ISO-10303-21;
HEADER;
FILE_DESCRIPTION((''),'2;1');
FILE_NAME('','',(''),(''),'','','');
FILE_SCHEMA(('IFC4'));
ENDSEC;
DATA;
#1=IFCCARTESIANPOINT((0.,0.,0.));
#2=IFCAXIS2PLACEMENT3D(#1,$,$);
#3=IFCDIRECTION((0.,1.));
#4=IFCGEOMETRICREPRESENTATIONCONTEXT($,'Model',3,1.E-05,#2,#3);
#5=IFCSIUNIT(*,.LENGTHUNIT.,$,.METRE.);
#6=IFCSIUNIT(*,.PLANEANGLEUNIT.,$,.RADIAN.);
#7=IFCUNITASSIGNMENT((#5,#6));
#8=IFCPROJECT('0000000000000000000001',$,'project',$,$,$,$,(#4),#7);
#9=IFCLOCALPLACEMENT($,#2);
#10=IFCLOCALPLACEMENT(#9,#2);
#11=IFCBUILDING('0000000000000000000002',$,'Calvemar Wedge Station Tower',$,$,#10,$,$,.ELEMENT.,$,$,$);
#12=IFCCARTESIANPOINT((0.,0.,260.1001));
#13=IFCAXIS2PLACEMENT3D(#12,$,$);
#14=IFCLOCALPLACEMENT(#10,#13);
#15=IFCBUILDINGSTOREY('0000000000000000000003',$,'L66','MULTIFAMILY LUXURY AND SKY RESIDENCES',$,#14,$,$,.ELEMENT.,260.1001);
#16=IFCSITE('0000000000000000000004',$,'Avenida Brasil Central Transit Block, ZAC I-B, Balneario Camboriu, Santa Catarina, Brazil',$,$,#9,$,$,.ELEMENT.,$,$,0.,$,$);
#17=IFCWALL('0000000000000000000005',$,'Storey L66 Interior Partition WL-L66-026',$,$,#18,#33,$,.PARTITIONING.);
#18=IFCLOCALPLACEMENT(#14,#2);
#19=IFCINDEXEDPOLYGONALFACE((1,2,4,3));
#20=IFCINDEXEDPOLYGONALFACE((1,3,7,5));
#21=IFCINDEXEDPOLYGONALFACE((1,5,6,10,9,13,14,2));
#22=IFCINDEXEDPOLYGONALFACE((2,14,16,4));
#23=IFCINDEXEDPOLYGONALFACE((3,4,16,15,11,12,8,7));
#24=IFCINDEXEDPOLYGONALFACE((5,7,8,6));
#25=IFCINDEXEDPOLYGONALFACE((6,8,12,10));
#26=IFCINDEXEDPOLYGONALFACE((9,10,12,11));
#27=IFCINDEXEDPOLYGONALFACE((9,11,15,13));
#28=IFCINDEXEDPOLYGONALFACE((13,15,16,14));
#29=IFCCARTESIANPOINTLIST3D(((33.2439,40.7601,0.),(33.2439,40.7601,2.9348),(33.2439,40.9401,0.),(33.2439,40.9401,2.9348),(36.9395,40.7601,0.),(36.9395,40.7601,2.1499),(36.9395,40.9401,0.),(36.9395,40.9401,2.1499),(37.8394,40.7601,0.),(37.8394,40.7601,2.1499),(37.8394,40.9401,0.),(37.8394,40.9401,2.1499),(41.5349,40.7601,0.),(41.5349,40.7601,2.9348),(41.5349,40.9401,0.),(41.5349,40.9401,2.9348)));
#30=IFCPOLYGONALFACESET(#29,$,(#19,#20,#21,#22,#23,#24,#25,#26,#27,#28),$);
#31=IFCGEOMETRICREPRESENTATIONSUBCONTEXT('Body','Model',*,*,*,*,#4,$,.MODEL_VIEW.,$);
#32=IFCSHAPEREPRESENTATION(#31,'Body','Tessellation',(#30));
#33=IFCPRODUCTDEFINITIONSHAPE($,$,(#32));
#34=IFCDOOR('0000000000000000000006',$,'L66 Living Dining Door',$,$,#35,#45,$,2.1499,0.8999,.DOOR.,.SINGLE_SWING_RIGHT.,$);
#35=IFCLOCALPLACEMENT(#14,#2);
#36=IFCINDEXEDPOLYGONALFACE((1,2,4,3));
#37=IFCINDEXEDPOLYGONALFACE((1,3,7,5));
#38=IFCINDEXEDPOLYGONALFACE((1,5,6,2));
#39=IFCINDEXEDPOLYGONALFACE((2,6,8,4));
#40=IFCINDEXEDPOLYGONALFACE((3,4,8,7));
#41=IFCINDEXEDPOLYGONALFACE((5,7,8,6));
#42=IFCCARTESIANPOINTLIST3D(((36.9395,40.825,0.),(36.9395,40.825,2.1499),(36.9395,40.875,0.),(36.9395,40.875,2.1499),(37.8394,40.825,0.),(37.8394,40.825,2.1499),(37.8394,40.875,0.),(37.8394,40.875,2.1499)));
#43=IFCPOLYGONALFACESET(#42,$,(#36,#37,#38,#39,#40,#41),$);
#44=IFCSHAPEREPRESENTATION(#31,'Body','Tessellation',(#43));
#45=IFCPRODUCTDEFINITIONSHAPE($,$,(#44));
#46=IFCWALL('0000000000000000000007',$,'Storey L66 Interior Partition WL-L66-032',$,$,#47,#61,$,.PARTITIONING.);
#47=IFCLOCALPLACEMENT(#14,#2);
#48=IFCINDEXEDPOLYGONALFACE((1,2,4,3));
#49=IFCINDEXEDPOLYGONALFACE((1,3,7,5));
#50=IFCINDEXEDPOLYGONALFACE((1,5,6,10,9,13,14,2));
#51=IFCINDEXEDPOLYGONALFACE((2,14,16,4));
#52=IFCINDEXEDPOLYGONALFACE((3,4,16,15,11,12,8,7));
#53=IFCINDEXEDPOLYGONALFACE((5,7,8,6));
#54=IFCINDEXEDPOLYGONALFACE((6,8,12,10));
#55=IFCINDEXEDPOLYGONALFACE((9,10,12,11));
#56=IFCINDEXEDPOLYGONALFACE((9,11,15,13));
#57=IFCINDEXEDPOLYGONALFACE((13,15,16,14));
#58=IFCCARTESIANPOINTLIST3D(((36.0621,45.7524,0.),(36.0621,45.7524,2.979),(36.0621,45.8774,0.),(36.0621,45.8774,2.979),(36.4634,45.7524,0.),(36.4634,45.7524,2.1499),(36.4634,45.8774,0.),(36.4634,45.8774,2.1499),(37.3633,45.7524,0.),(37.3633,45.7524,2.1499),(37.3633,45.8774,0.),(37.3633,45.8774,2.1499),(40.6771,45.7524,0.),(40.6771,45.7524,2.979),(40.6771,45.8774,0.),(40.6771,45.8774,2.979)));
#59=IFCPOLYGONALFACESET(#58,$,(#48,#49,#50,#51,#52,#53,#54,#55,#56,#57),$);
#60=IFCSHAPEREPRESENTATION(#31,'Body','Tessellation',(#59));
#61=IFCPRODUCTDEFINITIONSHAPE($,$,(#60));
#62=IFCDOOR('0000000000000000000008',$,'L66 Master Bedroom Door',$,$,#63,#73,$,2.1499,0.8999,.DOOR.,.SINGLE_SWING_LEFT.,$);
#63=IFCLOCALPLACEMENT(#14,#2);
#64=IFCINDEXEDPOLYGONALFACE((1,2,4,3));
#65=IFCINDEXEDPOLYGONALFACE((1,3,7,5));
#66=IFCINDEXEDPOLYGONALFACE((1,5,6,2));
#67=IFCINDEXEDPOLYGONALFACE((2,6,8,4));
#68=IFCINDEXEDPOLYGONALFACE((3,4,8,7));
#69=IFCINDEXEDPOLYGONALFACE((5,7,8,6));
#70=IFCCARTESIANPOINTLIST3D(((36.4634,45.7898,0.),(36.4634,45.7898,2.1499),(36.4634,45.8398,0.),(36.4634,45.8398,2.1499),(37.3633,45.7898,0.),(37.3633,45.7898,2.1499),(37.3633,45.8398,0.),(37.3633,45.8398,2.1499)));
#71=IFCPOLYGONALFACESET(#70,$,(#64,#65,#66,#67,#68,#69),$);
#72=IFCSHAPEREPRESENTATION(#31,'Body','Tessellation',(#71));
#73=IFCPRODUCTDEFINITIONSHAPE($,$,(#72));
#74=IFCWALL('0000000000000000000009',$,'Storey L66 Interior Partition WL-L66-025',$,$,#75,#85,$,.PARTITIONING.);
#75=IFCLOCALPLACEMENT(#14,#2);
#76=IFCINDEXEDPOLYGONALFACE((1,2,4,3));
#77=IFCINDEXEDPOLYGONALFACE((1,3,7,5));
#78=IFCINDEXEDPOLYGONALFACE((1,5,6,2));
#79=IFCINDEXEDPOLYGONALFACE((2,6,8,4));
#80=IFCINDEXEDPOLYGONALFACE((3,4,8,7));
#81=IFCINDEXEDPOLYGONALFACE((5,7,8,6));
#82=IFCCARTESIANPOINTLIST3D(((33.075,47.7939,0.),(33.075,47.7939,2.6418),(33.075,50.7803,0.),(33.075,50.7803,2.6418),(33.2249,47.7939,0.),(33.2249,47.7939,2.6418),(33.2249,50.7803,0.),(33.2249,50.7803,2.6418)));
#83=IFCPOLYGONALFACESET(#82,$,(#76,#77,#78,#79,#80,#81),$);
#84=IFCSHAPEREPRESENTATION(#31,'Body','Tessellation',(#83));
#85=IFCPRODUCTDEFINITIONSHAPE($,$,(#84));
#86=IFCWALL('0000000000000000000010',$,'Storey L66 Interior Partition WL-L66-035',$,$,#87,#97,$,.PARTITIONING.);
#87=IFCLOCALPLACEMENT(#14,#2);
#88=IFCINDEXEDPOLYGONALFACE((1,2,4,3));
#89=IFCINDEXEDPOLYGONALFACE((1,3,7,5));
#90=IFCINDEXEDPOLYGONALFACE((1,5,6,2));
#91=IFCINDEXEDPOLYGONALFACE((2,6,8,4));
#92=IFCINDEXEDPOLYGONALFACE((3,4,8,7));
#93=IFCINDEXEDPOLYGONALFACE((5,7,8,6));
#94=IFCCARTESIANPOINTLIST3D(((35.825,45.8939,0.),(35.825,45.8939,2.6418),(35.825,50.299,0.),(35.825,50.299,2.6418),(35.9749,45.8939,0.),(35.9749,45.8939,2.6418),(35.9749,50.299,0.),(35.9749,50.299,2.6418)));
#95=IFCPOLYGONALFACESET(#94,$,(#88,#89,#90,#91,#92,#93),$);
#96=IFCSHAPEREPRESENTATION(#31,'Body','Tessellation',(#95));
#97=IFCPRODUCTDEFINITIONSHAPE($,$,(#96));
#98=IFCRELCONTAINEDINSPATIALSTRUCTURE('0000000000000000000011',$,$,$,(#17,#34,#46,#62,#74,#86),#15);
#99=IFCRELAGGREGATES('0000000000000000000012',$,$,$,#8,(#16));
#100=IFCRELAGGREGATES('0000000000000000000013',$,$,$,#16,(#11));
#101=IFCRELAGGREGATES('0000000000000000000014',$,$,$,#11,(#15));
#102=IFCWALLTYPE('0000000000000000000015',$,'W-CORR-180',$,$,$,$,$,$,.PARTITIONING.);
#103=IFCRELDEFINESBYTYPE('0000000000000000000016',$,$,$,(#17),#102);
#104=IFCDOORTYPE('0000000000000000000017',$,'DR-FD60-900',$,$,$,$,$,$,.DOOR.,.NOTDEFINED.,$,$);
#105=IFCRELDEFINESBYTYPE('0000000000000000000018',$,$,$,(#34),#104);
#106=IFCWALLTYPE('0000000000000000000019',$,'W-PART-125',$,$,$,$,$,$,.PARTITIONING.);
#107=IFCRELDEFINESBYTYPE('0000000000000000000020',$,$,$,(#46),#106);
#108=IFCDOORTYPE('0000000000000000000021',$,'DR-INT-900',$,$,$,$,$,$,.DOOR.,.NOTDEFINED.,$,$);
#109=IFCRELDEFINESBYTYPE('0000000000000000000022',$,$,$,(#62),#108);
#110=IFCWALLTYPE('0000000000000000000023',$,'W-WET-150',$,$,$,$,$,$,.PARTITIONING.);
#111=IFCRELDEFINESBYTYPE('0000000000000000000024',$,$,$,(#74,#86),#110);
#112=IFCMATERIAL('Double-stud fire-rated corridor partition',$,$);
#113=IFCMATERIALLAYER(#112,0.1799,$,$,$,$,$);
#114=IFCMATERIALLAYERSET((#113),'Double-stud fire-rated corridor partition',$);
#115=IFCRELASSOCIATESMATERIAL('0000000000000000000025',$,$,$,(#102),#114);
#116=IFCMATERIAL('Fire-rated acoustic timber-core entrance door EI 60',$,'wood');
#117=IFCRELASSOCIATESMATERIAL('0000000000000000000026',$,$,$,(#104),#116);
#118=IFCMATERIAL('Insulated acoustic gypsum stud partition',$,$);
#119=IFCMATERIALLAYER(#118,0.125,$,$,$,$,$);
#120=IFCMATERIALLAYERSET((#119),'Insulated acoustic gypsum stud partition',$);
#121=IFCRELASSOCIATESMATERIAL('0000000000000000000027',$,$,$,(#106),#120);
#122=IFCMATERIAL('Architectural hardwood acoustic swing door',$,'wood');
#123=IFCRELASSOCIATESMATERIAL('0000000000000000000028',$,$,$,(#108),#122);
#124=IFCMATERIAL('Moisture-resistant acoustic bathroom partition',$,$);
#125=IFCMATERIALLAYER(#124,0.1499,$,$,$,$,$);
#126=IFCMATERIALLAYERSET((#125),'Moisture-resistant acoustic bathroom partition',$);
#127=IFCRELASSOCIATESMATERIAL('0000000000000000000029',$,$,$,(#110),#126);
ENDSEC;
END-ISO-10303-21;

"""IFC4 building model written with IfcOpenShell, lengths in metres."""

from ifc_helpers import new_model, si_unit, direction, frame, frame_2d, origin, place, context, subcontext, project, spatial, rectangle, extrude, source, transform, mapped, material, layer, layer_set, type_object, element, fill, save


model = new_model("IFC4")

# Units and contexts
model_context = context("Model", 3, precision=1e-05, world=origin(), true_north=direction((0.0, 1.0)))
body_context = subcontext(model_context, "Body", "Model", "MODEL_VIEW")
ifc_project = project(units=[si_unit("LENGTHUNIT", "METRE"), si_unit("PLANEANGLEUNIT", "RADIAN")], contexts=[model_context])

# Site, building, storey
site_placement = place(None, origin())
site = spatial("IfcSite", under=ifc_project, at=site_placement, Name="Avenida Brasil Central Transit Block, ZAC I-B, Balneario Camboriu, Santa Catarina, Brazil", CompositionType="ELEMENT", RefElevation=0.0)
building_placement = place(site_placement, origin())
building = spatial("IfcBuilding", under=site, at=building_placement, Name="Calvemar Wedge Station Tower", CompositionType="ELEMENT")
storey_placement = place(building_placement, frame((0.0, 0.0, 260.1001)))
storey = spatial("IfcBuildingStorey", under=building, at=storey_placement, Name="L66", Description="MULTIFAMILY LUXURY AND SKY RESIDENCES", CompositionType="ELEMENT", Elevation=260.1001)

# Shared definitions
ifc_material_1 = material(Name="Double-stud fire-rated corridor partition")
ifc_layer_1 = layer(ifc_material_1, 0.1799)
ifc_layer_set_1 = layer_set([ifc_layer_1], Name="Double-stud fire-rated corridor partition")
wall_type_1 = type_object("IfcWallType", Name="W-CORR-180", PredefinedType="PARTITIONING", material=ifc_layer_set_1)

# Walls, openings, doors
wall_1_placement = place(storey_placement, frame((33.2439, 40.8501, 0.0), z_axis=(0.0, 0.0, 1.0), x_axis=(1.0, 0.0, 0.0)))
wall_1 = element("IfcWall", 1, at=wall_1_placement, inside=storey, type_object=wall_type_1, Name="Storey L66 Interior Partition WL-L66-026", PredefinedType="PARTITIONING", context=body_context, shape_type="SweptSolid", body=[
    extrude(rectangle(XDim=8.291, YDim=0.1799, at=frame_2d((4.1455, 0.0))), origin(), (0.0, 0.0, 1.0), 2.9348),
])
shared_shape_1 = source(origin(), body_context, "Body", "SweptSolid", [
    extrude(rectangle(XDim=0.8999, YDim=2.1499, at=frame_2d((0.45, 1.075))), frame((0.0, 0.1001, 0.0), z_axis=(0.0, -1.0, 0.0), x_axis=(1.0, 0.0, 0.0)), (0.0, 0.0, 1.0), 0.2),
])
opening_1_placement = place(wall_1_placement, frame((3.6956, 0.0, 0.0)))
opening_1 = element("IfcOpeningElement", 2, at=opening_1_placement, cuts=wall_1, PredefinedType="OPENING", context=body_context, shape_type="MappedRepresentation", body=[
    mapped(shared_shape_1, transform((0.0, 0.0, 0.0), scale=1.0)),
])
ifc_material_2 = material(Name="Fire-rated acoustic timber-core entrance door EI 60", Category="wood")
door_type_1 = type_object("IfcDoorType", Name="DR-FD60-900", OperationType="NOTDEFINED", PredefinedType="DOOR", material=ifc_material_2)
shared_shape_2 = source(origin(), body_context, "Body", "SweptSolid", [
    extrude(rectangle(XDim=0.8999, YDim=2.1499, at=frame_2d((0.45, 1.075))), frame((0.0, 0.0249, 0.0), z_axis=(0.0, -1.0, 0.0), x_axis=(1.0, 0.0, 0.0)), (0.0, 0.0, 1.0), 0.05),
])
door_1_placement = place(opening_1_placement, origin())
door_1 = element("IfcDoor", 3, at=door_1_placement, inside=storey, type_object=door_type_1, Name="L66 Living Dining Door", OperationType="SINGLE_SWING_RIGHT", OverallHeight=2.1499, OverallWidth=0.8999, PredefinedType="DOOR", context=body_context, shape_type="MappedRepresentation", body=[
    mapped(shared_shape_2, transform((0.0, 0.0, 0.0), scale=1.0)),
])
fill(opening_1, door_1)
ifc_material_3 = material(Name="Insulated acoustic gypsum stud partition")
ifc_layer_2 = layer(ifc_material_3, 0.125)
ifc_layer_set_2 = layer_set([ifc_layer_2], Name="Insulated acoustic gypsum stud partition")
wall_type_2 = type_object("IfcWallType", Name="W-PART-125", PredefinedType="PARTITIONING", material=ifc_layer_set_2)
wall_2_placement = place(storey_placement, frame((36.062, 45.8149, 0.0), z_axis=(0.0, 0.0, 1.0), x_axis=(1.0, 0.0, 0.0)))
wall_2 = element("IfcWall", 4, at=wall_2_placement, inside=storey, type_object=wall_type_2, Name="Storey L66 Interior Partition WL-L66-032", PredefinedType="PARTITIONING", context=body_context, shape_type="SweptSolid", body=[
    extrude(rectangle(XDim=4.615, YDim=0.125, at=frame_2d((2.3076, 0.0))), origin(), (0.0, 0.0, 1.0), 2.979),
])
shared_shape_3 = source(origin(), body_context, "Body", "SweptSolid", [
    extrude(rectangle(XDim=0.8999, YDim=2.1499, at=frame_2d((0.45, 1.075))), frame((0.0, 0.0725, 0.0), z_axis=(0.0, -1.0, 0.0), x_axis=(1.0, 0.0, 0.0)), (0.0, 0.0, 1.0), 0.145),
])
opening_2_placement = place(wall_2_placement, frame((0.4014, 0.0, 0.0)))
opening_2 = element("IfcOpeningElement", 5, at=opening_2_placement, cuts=wall_2, PredefinedType="OPENING", context=body_context, shape_type="MappedRepresentation", body=[
    mapped(shared_shape_3, transform((0.0, 0.0, 0.0), scale=1.0)),
])
ifc_material_4 = material(Name="Architectural hardwood acoustic swing door", Category="wood")
door_type_2 = type_object("IfcDoorType", Name="DR-INT-900", OperationType="NOTDEFINED", PredefinedType="DOOR", material=ifc_material_4)
shared_shape_4 = source(origin(), body_context, "Body", "SweptSolid", [
    extrude(rectangle(XDim=0.8999, YDim=2.1499, at=frame_2d((0.45, 1.075))), frame((0.0, 0.0249, 0.0), z_axis=(0.0, -1.0, 0.0), x_axis=(1.0, 0.0, 0.0)), (0.0, 0.0, 1.0), 0.05),
])
door_2_placement = place(opening_2_placement, origin())
door_2 = element("IfcDoor", 6, at=door_2_placement, inside=storey, type_object=door_type_2, Name="L66 Master Bedroom Door", OperationType="SINGLE_SWING_LEFT", OverallHeight=2.1499, OverallWidth=0.8999, PredefinedType="DOOR", context=body_context, shape_type="MappedRepresentation", body=[
    mapped(shared_shape_4, transform((0.0, 0.0, 0.0), scale=1.0)),
])
fill(opening_2, door_2)

# Wall
ifc_material_5 = material(Name="Moisture-resistant acoustic bathroom partition")
ifc_layer_3 = layer(ifc_material_5, 0.1499)
ifc_layer_set_3 = layer_set([ifc_layer_3], Name="Moisture-resistant acoustic bathroom partition")
wall_type_3 = type_object("IfcWallType", Name="W-WET-150", PredefinedType="PARTITIONING", material=ifc_layer_set_3)
wall_3_placement = place(storey_placement, frame((33.1499, 50.7803, 0.0), z_axis=(0.0, 0.0, 1.0), x_axis=(0.0, -1.0, 0.0)))
element("IfcWall", 7, at=wall_3_placement, inside=storey, type_object=wall_type_3, Name="Storey L66 Interior Partition WL-L66-025", PredefinedType="PARTITIONING", context=body_context, shape_type="SweptSolid", body=[
    extrude(rectangle(XDim=2.9863, YDim=0.1499, at=frame_2d((1.4932, 0.0))), origin(), (0.0, 0.0, 1.0), 2.6418),
])

# Wall
wall_4_placement = place(storey_placement, frame((35.8999, 50.2991, 0.0), z_axis=(0.0, 0.0, 1.0), x_axis=(0.0, -1.0, 0.0)))
element("IfcWall", 8, at=wall_4_placement, inside=storey, type_object=wall_type_3, Name="Storey L66 Interior Partition WL-L66-035", PredefinedType="PARTITIONING", context=body_context, shape_type="SweptSolid", body=[
    extrude(rectangle(XDim=4.405, YDim=0.1499, at=frame_2d((2.2026, 0.0))), origin(), (0.0, 0.0, 1.0), 2.6418),
])

save(model, "model.ifc")
